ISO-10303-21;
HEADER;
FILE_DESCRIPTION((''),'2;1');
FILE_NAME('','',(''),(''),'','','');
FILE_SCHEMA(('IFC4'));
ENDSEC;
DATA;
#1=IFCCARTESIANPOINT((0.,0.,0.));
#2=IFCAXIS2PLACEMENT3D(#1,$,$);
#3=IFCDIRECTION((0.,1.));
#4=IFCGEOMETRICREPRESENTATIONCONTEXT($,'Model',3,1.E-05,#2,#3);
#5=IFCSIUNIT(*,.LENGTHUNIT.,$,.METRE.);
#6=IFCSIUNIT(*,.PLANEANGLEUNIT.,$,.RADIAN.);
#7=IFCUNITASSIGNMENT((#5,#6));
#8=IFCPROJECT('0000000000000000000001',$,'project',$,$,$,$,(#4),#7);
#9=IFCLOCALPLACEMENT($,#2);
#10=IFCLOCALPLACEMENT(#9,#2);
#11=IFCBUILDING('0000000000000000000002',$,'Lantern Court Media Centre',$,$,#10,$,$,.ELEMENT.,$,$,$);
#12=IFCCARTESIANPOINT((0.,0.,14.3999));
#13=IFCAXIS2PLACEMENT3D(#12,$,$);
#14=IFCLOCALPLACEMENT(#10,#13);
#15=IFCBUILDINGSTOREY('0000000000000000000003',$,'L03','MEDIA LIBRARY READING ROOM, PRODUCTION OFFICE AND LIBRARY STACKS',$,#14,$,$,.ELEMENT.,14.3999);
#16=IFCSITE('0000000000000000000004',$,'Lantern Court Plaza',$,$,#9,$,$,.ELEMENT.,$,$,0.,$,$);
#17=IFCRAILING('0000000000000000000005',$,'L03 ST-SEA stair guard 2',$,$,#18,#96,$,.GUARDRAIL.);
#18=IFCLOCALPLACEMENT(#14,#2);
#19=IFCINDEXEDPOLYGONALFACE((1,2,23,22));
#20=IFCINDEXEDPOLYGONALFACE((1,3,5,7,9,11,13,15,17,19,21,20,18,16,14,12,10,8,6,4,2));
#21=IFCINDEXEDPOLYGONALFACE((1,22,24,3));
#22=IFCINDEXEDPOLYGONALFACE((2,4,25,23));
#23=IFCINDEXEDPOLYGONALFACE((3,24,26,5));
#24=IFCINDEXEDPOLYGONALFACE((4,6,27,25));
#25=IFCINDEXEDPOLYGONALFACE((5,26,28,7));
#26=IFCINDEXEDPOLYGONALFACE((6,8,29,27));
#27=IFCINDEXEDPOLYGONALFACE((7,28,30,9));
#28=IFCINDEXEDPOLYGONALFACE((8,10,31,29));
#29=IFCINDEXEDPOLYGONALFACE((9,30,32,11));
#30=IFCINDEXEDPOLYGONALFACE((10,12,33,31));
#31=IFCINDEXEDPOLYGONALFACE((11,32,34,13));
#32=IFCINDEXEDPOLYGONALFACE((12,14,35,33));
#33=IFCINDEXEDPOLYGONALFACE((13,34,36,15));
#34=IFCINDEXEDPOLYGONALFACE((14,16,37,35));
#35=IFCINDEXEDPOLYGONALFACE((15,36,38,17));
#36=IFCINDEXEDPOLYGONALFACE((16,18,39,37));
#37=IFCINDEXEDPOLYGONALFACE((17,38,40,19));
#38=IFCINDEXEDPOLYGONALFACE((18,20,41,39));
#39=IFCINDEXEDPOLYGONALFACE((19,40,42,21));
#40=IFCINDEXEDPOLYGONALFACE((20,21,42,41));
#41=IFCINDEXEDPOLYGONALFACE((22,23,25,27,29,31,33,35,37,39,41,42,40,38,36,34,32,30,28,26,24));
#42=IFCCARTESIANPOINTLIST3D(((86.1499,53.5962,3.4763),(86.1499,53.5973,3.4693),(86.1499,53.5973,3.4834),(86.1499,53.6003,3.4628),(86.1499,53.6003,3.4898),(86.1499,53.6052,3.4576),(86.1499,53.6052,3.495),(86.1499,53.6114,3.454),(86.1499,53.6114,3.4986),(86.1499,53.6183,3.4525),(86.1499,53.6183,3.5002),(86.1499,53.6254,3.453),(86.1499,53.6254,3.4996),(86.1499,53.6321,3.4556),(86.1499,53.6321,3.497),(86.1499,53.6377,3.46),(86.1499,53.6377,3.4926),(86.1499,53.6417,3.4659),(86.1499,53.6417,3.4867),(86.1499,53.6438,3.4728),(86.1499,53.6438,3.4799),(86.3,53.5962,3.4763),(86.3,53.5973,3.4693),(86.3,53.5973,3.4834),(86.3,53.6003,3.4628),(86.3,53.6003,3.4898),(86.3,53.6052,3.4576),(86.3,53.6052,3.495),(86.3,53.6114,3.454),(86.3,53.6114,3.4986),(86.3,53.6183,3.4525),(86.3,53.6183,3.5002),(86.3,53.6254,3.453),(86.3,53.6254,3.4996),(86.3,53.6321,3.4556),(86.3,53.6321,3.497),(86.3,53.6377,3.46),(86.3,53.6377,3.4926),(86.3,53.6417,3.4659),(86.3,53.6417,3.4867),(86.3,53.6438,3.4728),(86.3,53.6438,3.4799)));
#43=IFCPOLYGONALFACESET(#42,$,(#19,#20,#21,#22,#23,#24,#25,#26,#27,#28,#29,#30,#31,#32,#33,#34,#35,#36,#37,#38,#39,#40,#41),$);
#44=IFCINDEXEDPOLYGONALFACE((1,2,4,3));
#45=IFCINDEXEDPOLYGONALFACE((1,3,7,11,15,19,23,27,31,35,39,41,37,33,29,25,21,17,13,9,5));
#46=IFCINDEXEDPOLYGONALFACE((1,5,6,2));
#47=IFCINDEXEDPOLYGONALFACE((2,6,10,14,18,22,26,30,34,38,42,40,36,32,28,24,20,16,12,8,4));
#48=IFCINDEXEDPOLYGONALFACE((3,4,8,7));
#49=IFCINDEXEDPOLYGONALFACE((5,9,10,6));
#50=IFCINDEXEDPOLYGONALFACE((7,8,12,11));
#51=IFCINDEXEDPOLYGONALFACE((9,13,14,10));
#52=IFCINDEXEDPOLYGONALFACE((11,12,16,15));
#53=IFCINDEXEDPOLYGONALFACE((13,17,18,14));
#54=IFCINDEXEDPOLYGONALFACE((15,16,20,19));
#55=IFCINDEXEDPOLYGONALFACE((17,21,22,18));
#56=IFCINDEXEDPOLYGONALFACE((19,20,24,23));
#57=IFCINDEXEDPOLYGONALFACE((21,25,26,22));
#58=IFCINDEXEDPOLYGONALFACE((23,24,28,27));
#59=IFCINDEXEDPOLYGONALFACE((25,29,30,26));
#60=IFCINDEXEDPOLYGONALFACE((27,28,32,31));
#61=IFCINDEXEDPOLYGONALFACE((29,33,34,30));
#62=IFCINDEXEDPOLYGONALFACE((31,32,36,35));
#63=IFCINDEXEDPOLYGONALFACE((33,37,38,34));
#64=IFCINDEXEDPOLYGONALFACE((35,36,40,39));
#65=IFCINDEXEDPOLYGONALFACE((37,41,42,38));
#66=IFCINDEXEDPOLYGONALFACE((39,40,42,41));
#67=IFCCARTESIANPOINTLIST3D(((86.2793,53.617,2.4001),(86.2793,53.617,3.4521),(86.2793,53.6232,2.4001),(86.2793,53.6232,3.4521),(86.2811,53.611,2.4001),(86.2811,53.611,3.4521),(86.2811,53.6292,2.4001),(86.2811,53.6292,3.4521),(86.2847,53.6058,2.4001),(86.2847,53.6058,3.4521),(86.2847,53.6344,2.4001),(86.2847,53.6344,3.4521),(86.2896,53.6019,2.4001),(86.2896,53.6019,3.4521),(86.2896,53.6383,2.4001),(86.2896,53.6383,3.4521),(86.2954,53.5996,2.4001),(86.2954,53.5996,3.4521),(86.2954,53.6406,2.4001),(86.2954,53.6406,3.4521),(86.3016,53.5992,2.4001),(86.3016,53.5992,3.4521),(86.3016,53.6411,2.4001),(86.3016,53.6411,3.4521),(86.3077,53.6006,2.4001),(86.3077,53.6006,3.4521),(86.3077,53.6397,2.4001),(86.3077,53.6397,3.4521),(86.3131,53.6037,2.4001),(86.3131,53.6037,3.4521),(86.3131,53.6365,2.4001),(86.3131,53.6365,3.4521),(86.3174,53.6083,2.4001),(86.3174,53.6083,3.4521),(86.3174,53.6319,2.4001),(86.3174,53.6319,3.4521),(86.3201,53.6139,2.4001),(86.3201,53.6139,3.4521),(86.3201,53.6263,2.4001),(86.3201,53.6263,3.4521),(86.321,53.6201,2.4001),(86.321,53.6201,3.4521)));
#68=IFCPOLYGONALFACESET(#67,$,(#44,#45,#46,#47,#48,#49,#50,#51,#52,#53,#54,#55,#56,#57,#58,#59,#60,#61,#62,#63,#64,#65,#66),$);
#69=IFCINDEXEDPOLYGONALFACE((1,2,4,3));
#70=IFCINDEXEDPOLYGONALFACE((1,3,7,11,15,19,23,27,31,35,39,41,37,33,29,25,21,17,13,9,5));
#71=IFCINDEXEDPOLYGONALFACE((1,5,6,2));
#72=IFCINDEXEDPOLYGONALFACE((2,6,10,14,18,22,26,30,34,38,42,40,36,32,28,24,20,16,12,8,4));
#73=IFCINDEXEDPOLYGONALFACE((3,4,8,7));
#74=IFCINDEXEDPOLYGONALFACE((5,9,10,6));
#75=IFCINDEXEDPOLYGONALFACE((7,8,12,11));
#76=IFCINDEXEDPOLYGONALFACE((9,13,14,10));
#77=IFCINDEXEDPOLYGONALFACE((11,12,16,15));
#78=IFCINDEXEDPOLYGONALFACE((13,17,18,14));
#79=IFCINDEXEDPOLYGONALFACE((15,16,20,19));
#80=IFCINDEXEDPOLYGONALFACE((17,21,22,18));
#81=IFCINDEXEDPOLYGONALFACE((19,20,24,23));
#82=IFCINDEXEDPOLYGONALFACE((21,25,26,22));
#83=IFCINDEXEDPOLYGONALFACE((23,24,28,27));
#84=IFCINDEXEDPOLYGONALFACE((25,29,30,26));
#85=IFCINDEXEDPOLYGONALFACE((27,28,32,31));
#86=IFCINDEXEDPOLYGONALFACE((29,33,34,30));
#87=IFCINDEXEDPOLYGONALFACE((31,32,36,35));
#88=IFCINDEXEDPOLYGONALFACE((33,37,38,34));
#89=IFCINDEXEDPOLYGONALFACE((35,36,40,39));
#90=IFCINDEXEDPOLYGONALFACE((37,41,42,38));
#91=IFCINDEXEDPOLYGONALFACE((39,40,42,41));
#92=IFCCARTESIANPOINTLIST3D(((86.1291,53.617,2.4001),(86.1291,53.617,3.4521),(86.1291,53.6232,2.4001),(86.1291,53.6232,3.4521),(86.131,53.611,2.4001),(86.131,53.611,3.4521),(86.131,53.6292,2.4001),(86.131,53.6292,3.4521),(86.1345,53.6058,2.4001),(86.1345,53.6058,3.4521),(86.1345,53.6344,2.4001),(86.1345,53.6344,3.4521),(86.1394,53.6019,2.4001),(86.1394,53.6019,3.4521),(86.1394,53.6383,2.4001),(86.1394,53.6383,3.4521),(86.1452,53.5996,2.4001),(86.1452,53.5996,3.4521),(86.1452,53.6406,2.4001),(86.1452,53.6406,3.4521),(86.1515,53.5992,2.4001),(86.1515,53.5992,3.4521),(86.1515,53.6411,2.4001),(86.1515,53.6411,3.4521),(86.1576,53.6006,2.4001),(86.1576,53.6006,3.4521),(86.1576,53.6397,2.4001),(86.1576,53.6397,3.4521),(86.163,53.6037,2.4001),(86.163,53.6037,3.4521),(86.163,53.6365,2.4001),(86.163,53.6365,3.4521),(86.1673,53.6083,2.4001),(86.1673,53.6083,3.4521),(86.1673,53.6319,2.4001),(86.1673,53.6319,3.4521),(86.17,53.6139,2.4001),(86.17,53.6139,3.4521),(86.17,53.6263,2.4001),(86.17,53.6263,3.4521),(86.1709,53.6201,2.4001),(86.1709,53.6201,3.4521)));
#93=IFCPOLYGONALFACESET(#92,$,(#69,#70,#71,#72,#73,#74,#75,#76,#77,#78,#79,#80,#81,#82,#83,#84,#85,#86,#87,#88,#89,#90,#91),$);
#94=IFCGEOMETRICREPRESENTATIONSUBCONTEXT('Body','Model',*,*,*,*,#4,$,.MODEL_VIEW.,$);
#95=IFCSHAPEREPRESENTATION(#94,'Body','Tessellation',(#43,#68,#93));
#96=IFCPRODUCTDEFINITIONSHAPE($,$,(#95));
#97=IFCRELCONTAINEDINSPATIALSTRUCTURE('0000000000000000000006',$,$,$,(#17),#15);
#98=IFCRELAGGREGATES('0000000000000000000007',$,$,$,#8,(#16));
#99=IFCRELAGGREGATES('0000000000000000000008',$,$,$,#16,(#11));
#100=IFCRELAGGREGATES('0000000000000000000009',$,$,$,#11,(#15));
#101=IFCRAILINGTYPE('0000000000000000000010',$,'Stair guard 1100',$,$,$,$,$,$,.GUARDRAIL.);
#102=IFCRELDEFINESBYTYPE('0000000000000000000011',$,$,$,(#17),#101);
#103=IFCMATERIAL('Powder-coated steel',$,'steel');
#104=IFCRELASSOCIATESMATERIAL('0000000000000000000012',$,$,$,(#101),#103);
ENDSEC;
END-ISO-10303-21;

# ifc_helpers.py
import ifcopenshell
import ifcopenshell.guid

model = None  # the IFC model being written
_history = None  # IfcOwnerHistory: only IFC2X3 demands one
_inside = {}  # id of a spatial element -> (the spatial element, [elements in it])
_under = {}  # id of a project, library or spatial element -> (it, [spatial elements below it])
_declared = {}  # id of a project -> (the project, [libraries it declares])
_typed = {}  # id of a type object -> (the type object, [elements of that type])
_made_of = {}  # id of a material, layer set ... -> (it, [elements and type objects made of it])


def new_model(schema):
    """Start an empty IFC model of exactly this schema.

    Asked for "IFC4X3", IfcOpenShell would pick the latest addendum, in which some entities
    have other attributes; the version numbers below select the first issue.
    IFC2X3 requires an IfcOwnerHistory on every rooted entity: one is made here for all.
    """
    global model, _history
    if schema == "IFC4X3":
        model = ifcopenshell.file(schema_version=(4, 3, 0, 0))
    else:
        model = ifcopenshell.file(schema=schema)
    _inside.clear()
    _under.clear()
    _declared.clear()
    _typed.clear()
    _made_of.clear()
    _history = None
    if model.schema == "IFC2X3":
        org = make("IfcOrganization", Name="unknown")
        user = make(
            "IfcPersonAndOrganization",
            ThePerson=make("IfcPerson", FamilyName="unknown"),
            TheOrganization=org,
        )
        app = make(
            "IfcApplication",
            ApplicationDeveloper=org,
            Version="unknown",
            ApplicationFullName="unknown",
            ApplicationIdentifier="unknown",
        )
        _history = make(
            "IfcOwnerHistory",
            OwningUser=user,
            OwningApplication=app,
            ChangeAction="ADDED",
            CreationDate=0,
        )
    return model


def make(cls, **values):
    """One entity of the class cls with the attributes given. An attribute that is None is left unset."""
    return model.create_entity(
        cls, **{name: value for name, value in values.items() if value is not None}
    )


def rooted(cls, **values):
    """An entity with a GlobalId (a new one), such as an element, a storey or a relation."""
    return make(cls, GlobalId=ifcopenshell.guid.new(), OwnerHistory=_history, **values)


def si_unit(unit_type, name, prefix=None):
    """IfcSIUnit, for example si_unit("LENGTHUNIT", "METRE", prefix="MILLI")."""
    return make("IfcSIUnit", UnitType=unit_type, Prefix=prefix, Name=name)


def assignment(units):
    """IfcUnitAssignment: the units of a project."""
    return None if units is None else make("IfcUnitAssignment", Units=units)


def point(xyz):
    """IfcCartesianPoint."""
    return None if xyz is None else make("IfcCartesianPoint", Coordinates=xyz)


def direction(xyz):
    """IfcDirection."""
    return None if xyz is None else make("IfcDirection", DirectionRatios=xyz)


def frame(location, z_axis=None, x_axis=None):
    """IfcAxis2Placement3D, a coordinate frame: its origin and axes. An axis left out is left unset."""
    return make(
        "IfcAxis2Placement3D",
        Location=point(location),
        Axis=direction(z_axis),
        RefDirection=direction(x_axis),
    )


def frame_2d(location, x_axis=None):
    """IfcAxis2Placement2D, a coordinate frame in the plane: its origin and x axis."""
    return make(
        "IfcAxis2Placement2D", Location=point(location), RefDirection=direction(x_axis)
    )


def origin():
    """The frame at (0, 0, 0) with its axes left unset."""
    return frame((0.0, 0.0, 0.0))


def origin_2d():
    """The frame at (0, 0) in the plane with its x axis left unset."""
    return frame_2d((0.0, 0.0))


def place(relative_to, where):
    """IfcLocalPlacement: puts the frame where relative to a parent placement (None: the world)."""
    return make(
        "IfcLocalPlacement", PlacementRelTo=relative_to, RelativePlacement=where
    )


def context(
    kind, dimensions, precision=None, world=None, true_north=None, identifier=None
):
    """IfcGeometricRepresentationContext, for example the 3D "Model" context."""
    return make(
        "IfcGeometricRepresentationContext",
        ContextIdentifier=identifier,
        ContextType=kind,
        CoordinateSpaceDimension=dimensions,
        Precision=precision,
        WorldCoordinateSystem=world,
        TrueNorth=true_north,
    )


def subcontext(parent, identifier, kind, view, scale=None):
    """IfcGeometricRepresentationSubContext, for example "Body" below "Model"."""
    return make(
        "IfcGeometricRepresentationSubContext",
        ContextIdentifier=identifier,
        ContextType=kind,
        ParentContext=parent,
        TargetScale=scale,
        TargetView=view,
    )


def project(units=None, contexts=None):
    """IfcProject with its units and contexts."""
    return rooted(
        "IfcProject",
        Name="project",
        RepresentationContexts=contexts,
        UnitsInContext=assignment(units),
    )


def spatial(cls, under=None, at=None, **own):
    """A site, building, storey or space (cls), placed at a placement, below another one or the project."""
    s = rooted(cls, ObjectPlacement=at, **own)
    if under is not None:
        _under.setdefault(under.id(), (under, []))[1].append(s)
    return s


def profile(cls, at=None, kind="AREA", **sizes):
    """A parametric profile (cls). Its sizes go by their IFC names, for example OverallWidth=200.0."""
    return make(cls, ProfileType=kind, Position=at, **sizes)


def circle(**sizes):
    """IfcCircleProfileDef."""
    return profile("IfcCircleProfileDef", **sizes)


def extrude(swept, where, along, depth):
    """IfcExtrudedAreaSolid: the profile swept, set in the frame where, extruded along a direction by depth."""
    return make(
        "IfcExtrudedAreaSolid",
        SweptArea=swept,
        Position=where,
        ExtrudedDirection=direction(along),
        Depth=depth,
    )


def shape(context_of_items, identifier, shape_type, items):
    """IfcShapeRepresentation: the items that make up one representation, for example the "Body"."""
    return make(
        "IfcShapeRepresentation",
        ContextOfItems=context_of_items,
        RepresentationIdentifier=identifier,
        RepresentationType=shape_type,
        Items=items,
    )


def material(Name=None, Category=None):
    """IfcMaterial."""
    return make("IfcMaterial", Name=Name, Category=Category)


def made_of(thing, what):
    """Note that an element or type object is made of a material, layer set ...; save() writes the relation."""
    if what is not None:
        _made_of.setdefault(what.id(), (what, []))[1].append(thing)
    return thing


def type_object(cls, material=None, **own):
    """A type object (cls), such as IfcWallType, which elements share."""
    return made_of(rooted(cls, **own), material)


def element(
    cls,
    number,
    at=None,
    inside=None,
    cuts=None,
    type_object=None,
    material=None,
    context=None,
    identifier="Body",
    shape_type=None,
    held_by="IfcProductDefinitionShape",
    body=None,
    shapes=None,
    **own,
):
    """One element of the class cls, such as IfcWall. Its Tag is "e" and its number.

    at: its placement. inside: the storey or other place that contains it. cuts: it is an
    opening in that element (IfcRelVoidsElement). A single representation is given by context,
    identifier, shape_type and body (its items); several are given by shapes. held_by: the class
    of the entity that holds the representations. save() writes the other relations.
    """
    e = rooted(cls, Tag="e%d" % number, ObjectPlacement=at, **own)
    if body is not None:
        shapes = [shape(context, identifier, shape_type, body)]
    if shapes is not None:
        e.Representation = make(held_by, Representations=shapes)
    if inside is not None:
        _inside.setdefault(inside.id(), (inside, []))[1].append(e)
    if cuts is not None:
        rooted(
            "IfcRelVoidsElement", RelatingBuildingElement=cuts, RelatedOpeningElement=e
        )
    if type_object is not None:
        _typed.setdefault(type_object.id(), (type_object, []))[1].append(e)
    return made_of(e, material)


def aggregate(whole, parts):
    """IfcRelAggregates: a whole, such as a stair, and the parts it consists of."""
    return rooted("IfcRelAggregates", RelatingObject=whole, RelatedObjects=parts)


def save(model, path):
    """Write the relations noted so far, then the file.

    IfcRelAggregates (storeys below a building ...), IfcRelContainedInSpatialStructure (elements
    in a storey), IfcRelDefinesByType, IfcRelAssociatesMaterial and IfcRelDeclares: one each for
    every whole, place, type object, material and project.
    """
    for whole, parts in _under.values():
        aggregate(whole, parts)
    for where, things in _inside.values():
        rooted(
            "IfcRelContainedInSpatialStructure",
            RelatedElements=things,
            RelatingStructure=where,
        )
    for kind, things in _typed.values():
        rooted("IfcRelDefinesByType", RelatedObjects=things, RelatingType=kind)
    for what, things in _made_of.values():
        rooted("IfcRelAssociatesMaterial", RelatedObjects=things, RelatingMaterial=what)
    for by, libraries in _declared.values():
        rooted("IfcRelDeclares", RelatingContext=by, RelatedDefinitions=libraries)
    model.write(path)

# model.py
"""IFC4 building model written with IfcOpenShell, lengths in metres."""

from ifc_helpers import new_model, si_unit, direction, frame, origin, origin_2d, place, context, subcontext, project, spatial, circle, extrude, material, type_object, element, save


model = new_model("IFC4")

# Units and contexts
model_context = context("Model", 3, precision=1e-05, world=origin(), true_north=direction((0.0, 1.0)))
body_context = subcontext(model_context, "Body", "Model", "MODEL_VIEW")
ifc_project = project(units=[si_unit("LENGTHUNIT", "METRE"), si_unit("PLANEANGLEUNIT", "RADIAN")], contexts=[model_context])

# Site, building, storey
site_placement = place(None, origin())
site = spatial("IfcSite", under=ifc_project, at=site_placement, Name="Lantern Court Plaza", CompositionType="ELEMENT", RefElevation=0.0)
building_placement = place(site_placement, origin())
building = spatial("IfcBuilding", under=site, at=building_placement, Name="Lantern Court Media Centre", CompositionType="ELEMENT")
storey_placement = place(building_placement, frame((0.0, 0.0, 14.3999)))
storey = spatial("IfcBuildingStorey", under=building, at=storey_placement, Name="L03", Description="MEDIA LIBRARY READING ROOM, PRODUCTION OFFICE AND LIBRARY STACKS", CompositionType="ELEMENT", Elevation=14.3999)

# Railing
ifc_material_1 = material(Name="Powder-coated steel", Category="steel")
railing_type_1 = type_object("IfcRailingType", Name="Stair guard 1100", PredefinedType="GUARDRAIL", material=ifc_material_1)
railing_1_placement = place(storey_placement, frame((86.3, 53.6201, 2.4001)))
element("IfcRailing", 1, at=railing_1_placement, inside=storey, type_object=railing_type_1, Name="L03 ST-SEA stair guard 2", PredefinedType="GUARDRAIL", context=body_context, shape_type="SweptSolid", body=[
    extrude(circle(Radius=0.0239, at=origin_2d()), frame((0.0, 0.0, 1.0762), z_axis=(-1.0, 0.0, 0.0), x_axis=(0.0, -1.0, 0.0)), (0.0, 0.0, 1.0), 0.1501),
    extrude(circle(Radius=0.021, at=origin_2d()), origin(), (0.0, 0.0, 1.0), 1.052),
    extrude(circle(Radius=0.021, at=origin_2d()), frame((-0.1501, 0.0, 0.0)), (0.0, 0.0, 1.0), 1.052),
])

save(model, "model.ifc")
